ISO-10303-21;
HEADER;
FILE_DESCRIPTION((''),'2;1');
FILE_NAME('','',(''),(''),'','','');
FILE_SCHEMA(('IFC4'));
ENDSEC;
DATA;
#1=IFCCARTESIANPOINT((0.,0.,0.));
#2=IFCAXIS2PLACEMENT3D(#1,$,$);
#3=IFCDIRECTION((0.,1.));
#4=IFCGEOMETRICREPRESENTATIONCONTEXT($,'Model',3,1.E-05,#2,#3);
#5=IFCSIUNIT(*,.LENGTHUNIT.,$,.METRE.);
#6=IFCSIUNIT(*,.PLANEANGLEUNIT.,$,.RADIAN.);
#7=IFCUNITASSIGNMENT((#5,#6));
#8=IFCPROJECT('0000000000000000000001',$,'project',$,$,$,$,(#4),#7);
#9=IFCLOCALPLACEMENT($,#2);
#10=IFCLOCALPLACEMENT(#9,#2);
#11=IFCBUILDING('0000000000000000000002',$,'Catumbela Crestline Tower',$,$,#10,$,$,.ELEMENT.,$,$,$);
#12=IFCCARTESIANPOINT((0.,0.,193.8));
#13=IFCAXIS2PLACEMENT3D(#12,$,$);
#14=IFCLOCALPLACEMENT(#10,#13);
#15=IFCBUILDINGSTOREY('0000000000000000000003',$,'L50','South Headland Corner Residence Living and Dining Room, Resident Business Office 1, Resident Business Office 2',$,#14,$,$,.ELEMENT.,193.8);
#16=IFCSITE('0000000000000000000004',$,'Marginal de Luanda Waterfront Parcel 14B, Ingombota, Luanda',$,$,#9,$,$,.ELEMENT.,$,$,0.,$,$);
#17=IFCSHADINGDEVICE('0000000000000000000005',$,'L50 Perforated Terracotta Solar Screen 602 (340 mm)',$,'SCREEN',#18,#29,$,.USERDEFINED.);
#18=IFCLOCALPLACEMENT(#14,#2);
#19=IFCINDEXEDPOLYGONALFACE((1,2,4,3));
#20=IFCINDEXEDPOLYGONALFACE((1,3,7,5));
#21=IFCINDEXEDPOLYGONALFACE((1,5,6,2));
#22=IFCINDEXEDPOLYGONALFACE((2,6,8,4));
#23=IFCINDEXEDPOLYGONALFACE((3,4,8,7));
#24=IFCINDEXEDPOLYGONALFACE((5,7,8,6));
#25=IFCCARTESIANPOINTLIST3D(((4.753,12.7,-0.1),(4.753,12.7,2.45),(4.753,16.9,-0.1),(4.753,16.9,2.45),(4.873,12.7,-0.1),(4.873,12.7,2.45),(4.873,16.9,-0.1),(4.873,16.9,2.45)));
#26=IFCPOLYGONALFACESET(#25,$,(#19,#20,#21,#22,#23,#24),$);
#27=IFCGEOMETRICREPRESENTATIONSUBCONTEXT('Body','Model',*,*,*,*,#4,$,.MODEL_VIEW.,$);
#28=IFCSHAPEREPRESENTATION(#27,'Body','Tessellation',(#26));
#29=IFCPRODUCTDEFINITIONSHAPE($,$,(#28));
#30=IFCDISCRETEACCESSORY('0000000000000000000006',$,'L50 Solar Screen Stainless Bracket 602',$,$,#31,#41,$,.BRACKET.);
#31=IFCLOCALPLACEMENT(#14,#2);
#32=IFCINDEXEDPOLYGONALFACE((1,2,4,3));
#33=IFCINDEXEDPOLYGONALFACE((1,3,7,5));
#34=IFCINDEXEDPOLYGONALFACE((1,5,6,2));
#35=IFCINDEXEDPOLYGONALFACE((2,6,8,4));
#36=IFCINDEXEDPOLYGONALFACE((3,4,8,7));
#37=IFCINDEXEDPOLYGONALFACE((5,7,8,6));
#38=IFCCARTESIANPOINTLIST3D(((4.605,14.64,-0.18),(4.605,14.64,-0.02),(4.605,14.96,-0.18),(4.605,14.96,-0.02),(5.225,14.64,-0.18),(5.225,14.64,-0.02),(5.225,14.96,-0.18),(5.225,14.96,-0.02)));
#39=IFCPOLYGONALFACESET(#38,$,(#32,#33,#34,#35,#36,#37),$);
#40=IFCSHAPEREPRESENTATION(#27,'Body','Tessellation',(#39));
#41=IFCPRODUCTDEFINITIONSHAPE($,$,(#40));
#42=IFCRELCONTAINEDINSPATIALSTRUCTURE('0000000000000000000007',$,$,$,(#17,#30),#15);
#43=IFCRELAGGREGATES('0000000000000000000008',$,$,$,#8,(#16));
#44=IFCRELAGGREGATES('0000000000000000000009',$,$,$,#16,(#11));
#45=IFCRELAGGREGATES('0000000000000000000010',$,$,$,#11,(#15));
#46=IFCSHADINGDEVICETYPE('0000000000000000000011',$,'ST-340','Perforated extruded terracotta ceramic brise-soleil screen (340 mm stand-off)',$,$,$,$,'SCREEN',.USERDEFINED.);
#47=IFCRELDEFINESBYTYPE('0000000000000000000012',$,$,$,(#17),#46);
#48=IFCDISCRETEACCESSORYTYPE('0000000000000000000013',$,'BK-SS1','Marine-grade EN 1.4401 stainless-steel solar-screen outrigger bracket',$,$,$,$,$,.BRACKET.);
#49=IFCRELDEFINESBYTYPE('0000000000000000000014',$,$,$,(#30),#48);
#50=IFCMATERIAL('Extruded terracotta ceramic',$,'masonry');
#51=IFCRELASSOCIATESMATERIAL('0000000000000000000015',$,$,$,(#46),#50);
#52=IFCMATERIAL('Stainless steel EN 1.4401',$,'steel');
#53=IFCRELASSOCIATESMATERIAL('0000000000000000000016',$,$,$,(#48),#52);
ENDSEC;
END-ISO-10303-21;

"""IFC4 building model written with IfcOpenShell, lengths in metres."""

from ifc_helpers import new_model, si_unit, direction, frame, origin, origin_2d, place, context, subcontext, project, spatial, rectangle, extrude, material, type_object, element, save


model = new_model("IFC4")

# Units and contexts
model_context = context("Model", 3, precision=1e-05, world=origin(), true_north=direction((0.0, 1.0)))
body_context = subcontext(model_context, "Body", "Model", "MODEL_VIEW")
ifc_project = project(units=[si_unit("LENGTHUNIT", "METRE"), si_unit("PLANEANGLEUNIT", "RADIAN")], contexts=[model_context])

# Site, building, storey
site_placement = place(None, origin())
site = spatial("IfcSite", under=ifc_project, at=site_placement, Name="Marginal de Luanda Waterfront Parcel 14B, Ingombota, Luanda", CompositionType="ELEMENT", RefElevation=0.0)
building_placement = place(site_placement, origin())
building = spatial("IfcBuilding", under=site, at=building_placement, Name="Catumbela Crestline Tower", CompositionType="ELEMENT")
storey_placement = place(building_placement, frame((0.0, 0.0, 193.8)))
storey = spatial("IfcBuildingStorey", under=building, at=storey_placement, Name="L50", Description="South Headland Corner Residence Living and Dining Room, Resident Business Office 1, Resident Business Office 2", CompositionType="ELEMENT", Elevation=193.8)

# Shading device
ifc_material_1 = material(Name="Extruded terracotta ceramic", Category="masonry")
shading_device_type = type_object("IfcShadingDeviceType", Name="ST-340", Description="Perforated extruded terracotta ceramic brise-soleil screen (340 mm stand-off)", ElementType="SCREEN", PredefinedType="USERDEFINED", material=ifc_material_1)
shading_device_placement = place(storey_placement, frame((4.813, 14.8, -0.1), z_axis=(0.0, 0.0, 1.0), x_axis=(0.0, -1.0, 0.0)))
element("IfcShadingDevice", 1, at=shading_device_placement, inside=storey, type_object=shading_device_type, Name="L50 Perforated Terracotta Solar Screen 602 (340 mm)", ObjectType="SCREEN", PredefinedType="USERDEFINED", context=body_context, shape_type="SweptSolid", body=[
    extrude(rectangle(XDim=4.2, YDim=0.12, at=origin_2d()), origin(), (0.0, 0.0, 1.0), 2.55),
])

# Discrete accessory
ifc_material_2 = material(Name="Stainless steel EN 1.4401", Category="steel")
discrete_accessory_type = type_object("IfcDiscreteAccessoryType", Name="BK-SS1", Description="Marine-grade EN 1.4401 stainless-steel solar-screen outrigger bracket", PredefinedType="BRACKET", material=ifc_material_2)
discrete_accessory_placement = place(storey_placement, frame((4.915, 14.8, -0.18), z_axis=(0.0, 0.0, 1.0), x_axis=(0.0, -1.0, 0.0)))
element("IfcDiscreteAccessory", 2, at=discrete_accessory_placement, inside=storey, type_object=discrete_accessory_type, Name="L50 Solar Screen Stainless Bracket 602", PredefinedType="BRACKET", context=body_context, shape_type="SweptSolid", body=[
    extrude(rectangle(XDim=0.32, YDim=0.62, at=origin_2d()), origin(), (0.0, 0.0, 1.0), 0.16),
])

save(model, "model.ifc")
